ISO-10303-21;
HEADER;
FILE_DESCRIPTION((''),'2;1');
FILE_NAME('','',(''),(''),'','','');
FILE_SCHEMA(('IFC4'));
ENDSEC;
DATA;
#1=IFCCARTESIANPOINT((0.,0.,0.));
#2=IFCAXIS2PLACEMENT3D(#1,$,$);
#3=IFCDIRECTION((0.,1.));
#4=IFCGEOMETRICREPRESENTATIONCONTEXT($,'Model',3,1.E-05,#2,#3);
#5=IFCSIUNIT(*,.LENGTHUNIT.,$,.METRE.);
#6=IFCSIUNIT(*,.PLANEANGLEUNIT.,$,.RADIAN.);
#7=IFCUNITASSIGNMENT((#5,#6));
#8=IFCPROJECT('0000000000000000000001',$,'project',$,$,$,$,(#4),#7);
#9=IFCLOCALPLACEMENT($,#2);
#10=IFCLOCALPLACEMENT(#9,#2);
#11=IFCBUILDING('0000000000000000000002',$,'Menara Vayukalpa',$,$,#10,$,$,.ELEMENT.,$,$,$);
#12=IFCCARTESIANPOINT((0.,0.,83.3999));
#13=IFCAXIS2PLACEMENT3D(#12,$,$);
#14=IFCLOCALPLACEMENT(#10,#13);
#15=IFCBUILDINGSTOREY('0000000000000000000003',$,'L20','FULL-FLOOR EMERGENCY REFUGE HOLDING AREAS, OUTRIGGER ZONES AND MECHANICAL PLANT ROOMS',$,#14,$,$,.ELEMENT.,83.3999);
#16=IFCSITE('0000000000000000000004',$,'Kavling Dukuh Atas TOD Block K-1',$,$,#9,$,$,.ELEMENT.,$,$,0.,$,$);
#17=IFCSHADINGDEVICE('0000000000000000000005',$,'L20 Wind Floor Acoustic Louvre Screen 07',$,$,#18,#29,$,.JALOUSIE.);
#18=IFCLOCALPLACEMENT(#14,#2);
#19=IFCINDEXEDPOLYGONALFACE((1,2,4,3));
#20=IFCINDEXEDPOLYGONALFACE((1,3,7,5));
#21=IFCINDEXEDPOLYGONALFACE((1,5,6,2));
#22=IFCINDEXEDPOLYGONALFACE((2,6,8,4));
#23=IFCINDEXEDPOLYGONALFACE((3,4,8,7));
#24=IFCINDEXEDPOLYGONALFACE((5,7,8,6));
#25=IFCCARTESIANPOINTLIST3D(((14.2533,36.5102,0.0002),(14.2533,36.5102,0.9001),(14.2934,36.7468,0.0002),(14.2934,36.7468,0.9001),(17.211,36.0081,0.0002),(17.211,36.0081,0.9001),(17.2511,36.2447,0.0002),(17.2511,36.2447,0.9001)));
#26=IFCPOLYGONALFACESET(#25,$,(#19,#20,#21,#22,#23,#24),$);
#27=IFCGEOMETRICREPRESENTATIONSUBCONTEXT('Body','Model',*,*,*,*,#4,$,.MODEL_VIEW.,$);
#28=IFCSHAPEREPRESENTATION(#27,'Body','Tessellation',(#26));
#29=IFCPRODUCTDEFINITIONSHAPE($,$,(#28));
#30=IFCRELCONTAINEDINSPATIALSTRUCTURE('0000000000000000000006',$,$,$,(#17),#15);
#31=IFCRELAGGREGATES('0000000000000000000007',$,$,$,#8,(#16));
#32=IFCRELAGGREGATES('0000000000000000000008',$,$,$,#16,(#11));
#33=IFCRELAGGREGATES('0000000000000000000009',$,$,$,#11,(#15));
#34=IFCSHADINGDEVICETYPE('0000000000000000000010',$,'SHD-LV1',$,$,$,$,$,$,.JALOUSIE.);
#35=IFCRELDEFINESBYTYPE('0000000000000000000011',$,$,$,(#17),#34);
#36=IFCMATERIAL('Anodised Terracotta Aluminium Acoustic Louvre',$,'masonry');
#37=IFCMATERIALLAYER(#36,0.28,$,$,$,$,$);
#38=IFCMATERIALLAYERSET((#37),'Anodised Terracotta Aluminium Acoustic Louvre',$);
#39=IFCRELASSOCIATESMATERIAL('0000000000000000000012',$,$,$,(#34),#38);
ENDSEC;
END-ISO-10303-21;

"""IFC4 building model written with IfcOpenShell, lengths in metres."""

from ifc_helpers import new_model, si_unit, direction, frame, origin, origin_2d, place, context, subcontext, project, spatial, rectangle, extrude, material, layer, layer_set, type_object, element, save


model = new_model("IFC4")

# Units and contexts
model_context = context("Model", 3, precision=1e-05, world=origin(), true_north=direction((0.0, 1.0)))
body_context = subcontext(model_context, "Body", "Model", "MODEL_VIEW")
ifc_project = project(units=[si_unit("LENGTHUNIT", "METRE"), si_unit("PLANEANGLEUNIT", "RADIAN")], contexts=[model_context])

# Site, building, storey
site_placement = place(None, origin())
site = spatial("IfcSite", under=ifc_project, at=site_placement, Name="Kavling Dukuh Atas TOD Block K-1", CompositionType="ELEMENT", RefElevation=0.0)
building_placement = place(site_placement, origin())
building = spatial("IfcBuilding", under=site, at=building_placement, Name="Menara Vayukalpa", CompositionType="ELEMENT")
storey_placement = place(building_placement, frame((0.0, 0.0, 83.3999)))
storey = spatial("IfcBuildingStorey", under=building, at=storey_placement, Name="L20", Description="FULL-FLOOR EMERGENCY REFUGE HOLDING AREAS, OUTRIGGER ZONES AND MECHANICAL PLANT ROOMS", CompositionType="ELEMENT", Elevation=83.3999)

# Shading device
ifc_material_1 = material(Name="Anodised Terracotta Aluminium Acoustic Louvre", Category="masonry")
ifc_layer_1 = layer(ifc_material_1, 0.28)
ifc_layer_set_1 = layer_set([ifc_layer_1], Name="Anodised Terracotta Aluminium Acoustic Louvre")
shading_device_type = type_object("IfcShadingDeviceType", Name="SHD-LV1", PredefinedType="JALOUSIE", material=ifc_layer_set_1)
shading_device_placement = place(storey_placement, frame((15.7522, 36.3774, 0.0002), z_axis=(0.0, 0.0, 1.0), x_axis=(-0.985897, 0.167354, 0.0)))
element("IfcShadingDevice", 1, at=shading_device_placement, inside=storey, type_object=shading_device_type, Name="L20 Wind Floor Acoustic Louvre Screen 07", PredefinedType="JALOUSIE", context=body_context, shape_type="SweptSolid", body=[
    extrude(rectangle(XDim=3.0, YDim=0.24, at=origin_2d()), origin(), (0.0, 0.0, 1.0), 0.8999),
])

save(model, "model.ifc")
